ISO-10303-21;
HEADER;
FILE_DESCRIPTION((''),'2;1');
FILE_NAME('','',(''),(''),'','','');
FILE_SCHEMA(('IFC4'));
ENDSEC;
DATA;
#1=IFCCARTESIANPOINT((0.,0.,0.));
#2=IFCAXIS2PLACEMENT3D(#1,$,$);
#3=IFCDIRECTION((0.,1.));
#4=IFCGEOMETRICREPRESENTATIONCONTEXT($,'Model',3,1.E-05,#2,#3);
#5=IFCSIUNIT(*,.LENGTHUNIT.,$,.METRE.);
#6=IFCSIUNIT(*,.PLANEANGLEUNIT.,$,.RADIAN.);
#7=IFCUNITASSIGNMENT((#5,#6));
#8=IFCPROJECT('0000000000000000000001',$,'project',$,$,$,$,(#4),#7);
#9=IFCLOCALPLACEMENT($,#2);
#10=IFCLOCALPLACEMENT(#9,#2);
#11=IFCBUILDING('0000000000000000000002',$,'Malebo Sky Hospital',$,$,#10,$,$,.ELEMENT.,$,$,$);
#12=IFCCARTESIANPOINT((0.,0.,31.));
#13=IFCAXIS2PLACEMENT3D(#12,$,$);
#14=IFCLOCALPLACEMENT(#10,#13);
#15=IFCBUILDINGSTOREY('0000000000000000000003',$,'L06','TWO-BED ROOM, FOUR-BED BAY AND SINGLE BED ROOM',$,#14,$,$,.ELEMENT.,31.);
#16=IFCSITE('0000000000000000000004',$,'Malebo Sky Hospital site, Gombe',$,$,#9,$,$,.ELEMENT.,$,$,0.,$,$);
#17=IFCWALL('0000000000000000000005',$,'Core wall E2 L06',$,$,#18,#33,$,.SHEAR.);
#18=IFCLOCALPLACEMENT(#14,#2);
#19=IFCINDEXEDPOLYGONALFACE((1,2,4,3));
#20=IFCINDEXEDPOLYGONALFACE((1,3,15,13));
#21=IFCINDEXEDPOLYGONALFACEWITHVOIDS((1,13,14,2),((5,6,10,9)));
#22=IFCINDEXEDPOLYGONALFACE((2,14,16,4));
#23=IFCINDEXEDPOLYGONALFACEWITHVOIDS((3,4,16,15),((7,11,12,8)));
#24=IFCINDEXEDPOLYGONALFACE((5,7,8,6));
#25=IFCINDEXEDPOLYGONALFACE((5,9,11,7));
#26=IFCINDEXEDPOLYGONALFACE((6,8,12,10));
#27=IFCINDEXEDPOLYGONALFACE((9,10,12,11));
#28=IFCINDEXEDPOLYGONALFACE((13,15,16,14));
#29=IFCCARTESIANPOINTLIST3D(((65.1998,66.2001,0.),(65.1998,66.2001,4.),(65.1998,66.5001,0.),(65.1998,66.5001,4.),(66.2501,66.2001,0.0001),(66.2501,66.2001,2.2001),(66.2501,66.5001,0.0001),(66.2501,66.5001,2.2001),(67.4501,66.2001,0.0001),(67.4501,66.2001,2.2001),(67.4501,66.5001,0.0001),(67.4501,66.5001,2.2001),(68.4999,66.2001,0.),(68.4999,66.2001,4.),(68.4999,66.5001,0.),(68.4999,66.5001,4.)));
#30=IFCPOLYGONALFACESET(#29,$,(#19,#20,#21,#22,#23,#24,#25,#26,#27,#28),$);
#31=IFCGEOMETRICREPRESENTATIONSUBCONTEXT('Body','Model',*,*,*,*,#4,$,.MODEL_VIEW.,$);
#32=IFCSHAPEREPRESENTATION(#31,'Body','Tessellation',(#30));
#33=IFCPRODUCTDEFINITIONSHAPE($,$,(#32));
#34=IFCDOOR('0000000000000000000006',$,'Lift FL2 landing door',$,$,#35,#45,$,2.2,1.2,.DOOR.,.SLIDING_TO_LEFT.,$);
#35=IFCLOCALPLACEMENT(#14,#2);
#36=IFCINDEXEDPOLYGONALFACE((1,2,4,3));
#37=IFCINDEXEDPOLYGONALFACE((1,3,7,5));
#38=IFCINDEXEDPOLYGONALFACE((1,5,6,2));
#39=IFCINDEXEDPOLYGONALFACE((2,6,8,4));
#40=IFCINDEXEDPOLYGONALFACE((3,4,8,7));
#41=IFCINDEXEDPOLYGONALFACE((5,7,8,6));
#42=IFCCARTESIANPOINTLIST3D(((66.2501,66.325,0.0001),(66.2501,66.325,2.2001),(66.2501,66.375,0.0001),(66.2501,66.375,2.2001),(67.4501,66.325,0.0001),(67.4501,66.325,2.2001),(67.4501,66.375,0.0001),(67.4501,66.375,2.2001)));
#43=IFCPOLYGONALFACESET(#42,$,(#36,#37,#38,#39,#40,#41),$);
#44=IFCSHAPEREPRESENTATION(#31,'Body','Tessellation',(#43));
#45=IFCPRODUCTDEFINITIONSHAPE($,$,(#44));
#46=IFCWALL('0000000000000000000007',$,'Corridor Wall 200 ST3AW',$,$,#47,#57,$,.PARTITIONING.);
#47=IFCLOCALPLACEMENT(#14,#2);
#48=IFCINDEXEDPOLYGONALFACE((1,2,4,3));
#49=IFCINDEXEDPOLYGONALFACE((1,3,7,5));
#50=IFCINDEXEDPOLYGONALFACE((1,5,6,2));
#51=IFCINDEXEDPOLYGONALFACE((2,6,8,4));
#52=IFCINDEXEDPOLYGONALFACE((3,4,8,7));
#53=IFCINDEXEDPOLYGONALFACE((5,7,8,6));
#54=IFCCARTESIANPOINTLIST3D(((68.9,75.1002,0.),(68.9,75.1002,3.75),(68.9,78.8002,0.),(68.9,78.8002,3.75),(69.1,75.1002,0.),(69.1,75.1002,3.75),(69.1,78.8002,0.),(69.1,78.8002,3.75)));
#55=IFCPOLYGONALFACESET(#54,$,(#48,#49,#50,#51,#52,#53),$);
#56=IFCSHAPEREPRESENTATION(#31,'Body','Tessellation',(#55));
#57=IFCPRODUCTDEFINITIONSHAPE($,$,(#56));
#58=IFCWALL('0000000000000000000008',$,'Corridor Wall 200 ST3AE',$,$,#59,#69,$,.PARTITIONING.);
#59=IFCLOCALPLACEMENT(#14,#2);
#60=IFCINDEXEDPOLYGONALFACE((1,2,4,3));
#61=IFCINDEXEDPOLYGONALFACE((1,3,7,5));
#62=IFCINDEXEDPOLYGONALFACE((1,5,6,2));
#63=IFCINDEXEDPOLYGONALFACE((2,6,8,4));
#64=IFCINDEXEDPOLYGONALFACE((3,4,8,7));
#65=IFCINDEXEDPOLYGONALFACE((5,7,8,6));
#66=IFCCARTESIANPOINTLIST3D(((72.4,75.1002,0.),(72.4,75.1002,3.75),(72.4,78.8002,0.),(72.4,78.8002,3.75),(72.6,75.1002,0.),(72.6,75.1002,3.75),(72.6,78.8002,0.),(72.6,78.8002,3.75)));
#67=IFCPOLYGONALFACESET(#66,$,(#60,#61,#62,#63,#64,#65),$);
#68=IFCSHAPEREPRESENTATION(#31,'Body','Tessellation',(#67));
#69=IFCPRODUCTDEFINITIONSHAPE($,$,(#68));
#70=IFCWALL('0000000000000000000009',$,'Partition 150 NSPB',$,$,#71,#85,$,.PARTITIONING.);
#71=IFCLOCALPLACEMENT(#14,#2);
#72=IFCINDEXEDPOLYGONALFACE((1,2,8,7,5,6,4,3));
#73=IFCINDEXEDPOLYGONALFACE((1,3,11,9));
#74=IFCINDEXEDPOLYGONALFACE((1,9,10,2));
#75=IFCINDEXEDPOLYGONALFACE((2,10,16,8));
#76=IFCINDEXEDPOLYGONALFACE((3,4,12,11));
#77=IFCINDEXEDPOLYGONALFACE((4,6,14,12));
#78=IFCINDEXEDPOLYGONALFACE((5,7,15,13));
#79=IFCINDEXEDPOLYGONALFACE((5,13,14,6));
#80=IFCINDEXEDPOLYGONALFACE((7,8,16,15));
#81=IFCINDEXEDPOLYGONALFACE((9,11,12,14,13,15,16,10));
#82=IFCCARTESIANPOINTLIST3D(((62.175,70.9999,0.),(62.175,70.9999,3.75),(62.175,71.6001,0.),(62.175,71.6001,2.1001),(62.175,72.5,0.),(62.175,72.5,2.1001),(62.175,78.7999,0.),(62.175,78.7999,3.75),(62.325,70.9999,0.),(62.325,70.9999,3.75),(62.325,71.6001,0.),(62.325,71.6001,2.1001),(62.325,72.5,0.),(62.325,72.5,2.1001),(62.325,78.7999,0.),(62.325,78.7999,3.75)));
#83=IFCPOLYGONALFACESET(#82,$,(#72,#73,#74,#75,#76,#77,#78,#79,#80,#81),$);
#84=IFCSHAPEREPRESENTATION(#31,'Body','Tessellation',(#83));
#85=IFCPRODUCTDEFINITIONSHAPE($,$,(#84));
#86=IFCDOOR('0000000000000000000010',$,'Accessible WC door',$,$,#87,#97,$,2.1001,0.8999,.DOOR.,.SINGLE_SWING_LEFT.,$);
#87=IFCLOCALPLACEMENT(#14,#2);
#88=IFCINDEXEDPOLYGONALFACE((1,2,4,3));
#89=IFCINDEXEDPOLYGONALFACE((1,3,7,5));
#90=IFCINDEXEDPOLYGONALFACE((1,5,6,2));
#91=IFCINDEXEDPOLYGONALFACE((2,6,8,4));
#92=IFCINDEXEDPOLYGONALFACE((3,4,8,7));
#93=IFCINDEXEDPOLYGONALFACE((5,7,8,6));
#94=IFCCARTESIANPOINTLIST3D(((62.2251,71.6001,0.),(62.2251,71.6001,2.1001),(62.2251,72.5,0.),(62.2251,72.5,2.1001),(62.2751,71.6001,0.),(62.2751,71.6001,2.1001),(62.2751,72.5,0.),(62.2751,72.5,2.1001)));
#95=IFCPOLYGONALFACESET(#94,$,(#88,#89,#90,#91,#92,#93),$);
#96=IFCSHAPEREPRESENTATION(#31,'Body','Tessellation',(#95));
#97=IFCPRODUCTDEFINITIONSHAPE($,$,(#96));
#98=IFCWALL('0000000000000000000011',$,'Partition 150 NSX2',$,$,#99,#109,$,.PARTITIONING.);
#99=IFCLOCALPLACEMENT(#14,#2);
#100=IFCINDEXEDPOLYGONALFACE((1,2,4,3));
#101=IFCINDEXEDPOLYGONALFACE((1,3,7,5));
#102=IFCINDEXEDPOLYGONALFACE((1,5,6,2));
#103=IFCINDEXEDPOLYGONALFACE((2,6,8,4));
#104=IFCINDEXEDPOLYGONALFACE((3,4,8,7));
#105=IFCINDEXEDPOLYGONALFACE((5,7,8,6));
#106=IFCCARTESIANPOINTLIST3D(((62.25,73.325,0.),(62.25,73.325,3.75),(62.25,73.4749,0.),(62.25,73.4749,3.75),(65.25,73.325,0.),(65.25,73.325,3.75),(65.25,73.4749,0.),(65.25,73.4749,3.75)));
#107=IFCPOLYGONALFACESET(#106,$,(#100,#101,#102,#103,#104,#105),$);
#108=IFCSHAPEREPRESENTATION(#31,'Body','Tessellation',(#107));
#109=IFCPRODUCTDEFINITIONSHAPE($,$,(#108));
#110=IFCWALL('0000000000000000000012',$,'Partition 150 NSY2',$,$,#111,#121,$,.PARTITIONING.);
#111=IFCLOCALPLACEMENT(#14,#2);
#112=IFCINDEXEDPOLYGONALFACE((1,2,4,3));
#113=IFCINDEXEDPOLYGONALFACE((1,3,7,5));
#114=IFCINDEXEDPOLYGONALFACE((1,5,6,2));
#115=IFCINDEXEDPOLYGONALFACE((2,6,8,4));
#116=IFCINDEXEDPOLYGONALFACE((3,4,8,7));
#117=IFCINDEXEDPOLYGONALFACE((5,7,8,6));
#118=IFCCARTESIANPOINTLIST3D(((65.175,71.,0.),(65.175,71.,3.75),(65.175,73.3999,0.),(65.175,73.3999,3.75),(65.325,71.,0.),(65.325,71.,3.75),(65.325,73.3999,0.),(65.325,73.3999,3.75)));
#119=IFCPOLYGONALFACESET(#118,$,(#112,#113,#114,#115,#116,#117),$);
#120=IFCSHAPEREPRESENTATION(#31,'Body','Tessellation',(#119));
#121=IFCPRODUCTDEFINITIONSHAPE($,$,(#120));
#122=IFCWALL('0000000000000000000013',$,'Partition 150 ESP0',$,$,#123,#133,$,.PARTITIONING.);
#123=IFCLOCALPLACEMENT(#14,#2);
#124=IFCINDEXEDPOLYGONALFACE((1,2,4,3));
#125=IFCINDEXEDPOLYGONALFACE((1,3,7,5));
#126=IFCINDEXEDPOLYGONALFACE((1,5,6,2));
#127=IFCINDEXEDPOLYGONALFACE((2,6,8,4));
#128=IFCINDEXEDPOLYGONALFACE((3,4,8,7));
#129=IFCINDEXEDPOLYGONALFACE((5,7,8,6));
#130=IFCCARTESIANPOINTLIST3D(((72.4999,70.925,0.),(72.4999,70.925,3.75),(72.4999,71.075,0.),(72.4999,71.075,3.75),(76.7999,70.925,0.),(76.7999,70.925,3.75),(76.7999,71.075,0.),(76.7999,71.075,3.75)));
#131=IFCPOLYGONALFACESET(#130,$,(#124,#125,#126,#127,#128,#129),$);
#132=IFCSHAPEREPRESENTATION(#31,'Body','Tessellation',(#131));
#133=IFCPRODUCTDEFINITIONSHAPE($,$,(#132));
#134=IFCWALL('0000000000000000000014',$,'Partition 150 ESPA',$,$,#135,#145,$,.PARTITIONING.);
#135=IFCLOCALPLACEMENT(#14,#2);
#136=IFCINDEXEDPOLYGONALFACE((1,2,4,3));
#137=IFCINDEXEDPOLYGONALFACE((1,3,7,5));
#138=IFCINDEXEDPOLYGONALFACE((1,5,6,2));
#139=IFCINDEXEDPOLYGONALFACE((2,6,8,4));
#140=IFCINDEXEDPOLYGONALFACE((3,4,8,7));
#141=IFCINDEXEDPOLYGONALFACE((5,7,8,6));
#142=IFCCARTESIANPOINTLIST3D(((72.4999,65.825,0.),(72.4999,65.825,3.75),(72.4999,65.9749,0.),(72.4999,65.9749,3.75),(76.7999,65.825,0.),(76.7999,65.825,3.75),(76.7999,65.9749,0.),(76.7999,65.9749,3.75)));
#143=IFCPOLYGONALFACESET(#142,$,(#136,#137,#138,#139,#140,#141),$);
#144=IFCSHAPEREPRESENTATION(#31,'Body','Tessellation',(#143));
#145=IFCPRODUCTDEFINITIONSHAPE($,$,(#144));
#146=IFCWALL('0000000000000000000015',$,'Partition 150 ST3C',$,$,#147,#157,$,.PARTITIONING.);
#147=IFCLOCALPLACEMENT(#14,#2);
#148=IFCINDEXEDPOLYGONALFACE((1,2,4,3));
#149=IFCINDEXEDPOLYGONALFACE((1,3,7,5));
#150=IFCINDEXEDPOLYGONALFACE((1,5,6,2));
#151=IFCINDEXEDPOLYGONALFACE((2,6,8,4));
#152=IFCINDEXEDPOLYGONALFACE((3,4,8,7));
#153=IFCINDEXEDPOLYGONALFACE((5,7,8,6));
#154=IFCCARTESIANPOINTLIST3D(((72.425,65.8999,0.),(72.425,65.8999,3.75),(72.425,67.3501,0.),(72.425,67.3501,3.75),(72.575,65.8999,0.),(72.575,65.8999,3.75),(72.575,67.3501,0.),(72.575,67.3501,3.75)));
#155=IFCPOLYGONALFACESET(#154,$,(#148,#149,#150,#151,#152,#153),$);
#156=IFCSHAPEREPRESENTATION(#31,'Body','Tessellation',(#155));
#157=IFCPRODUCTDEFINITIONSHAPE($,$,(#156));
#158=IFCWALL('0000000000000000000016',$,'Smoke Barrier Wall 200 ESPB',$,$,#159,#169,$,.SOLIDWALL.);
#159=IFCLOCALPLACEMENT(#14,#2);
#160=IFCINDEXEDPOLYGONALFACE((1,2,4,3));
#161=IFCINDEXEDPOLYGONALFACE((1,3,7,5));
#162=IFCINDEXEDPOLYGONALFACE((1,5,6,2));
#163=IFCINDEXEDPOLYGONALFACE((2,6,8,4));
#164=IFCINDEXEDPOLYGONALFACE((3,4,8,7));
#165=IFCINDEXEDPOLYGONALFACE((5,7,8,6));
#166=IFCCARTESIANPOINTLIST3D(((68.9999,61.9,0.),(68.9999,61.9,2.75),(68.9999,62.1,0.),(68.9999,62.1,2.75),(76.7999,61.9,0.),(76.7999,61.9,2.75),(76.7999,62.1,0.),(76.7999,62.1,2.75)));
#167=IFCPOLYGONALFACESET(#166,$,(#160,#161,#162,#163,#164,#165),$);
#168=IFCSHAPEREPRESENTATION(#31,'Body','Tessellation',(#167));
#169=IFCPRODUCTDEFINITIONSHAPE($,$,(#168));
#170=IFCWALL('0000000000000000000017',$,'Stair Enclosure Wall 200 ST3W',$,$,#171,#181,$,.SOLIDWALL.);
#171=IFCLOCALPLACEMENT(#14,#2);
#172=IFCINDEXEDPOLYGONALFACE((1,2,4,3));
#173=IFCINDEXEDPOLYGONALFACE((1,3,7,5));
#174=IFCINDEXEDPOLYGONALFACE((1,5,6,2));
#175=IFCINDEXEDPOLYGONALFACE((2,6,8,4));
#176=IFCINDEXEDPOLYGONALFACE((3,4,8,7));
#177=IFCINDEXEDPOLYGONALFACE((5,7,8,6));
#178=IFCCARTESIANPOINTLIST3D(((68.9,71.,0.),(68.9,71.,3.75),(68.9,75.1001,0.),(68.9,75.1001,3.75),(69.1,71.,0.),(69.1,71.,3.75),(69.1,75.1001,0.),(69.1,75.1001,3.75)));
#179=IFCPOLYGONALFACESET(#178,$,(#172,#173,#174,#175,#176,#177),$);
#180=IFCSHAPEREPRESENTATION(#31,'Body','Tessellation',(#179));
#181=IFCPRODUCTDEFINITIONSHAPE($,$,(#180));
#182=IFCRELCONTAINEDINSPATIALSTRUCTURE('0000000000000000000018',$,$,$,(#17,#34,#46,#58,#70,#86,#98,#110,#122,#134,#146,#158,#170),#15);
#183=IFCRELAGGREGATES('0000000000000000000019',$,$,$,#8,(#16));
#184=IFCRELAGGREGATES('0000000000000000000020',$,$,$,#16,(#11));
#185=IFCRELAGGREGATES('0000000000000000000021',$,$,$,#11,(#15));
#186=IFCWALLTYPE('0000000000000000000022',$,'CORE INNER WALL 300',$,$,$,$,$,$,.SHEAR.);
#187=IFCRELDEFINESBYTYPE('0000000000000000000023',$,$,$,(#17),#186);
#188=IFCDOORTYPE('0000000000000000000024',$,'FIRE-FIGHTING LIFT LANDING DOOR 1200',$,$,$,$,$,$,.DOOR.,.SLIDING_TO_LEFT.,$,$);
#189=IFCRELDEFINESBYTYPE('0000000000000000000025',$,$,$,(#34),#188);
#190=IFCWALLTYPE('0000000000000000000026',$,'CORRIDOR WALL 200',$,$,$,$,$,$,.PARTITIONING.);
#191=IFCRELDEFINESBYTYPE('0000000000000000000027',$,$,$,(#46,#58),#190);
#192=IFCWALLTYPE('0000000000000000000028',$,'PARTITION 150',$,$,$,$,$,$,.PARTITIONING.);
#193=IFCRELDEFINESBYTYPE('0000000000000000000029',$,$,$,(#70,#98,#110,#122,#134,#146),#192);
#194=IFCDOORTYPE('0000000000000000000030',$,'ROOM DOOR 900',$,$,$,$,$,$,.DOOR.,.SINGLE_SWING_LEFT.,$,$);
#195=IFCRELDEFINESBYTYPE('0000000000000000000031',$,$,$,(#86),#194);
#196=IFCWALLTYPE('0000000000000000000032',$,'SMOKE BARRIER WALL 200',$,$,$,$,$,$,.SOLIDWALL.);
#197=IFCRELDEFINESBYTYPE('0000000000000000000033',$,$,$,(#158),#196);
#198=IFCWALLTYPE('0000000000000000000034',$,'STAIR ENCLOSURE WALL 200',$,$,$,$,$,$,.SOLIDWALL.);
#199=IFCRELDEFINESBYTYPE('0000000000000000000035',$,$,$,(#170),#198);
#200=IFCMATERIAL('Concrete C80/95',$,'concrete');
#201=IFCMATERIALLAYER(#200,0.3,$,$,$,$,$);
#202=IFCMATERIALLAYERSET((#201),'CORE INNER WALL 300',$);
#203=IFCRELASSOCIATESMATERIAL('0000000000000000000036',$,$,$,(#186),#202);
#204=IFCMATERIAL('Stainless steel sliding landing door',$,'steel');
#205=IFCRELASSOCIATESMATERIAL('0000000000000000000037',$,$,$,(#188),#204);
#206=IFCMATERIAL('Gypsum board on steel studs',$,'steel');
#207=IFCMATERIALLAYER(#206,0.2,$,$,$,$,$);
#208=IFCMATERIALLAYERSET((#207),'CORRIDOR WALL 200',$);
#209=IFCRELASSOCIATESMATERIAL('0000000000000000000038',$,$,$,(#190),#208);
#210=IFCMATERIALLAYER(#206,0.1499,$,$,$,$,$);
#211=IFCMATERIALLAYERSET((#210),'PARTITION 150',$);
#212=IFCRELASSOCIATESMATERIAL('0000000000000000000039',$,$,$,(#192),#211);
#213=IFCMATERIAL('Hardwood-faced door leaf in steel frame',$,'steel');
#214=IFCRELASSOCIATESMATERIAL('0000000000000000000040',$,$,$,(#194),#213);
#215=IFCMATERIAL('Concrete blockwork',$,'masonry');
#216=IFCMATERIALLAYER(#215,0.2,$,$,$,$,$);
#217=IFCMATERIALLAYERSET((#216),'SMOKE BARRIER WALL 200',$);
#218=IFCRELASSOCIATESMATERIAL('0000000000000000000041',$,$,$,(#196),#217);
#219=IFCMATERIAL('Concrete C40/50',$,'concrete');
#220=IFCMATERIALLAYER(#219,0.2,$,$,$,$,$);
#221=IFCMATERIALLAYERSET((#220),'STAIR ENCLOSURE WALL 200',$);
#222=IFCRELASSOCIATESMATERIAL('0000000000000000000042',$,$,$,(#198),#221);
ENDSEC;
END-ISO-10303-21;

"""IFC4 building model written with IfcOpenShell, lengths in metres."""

from ifc_helpers import new_model, si_unit, direction, frame, frame_2d, origin, place, context, subcontext, project, spatial, rectangle, extrude, material, layer, layer_set, type_object, element, fill, save


model = new_model("IFC4")

# Units and contexts
model_context = context("Model", 3, precision=1e-05, world=origin(), true_north=direction((0.0, 1.0)))
body_context = subcontext(model_context, "Body", "Model", "MODEL_VIEW")
ifc_project = project(units=[si_unit("LENGTHUNIT", "METRE"), si_unit("PLANEANGLEUNIT", "RADIAN")], contexts=[model_context])

# Site, building, storey
site_placement = place(None, origin())
site = spatial("IfcSite", under=ifc_project, at=site_placement, Name="Malebo Sky Hospital site, Gombe", CompositionType="ELEMENT", RefElevation=0.0)
building_placement = place(site_placement, origin())
building = spatial("IfcBuilding", under=site, at=building_placement, Name="Malebo Sky Hospital", CompositionType="ELEMENT")
storey_placement = place(building_placement, frame((0.0, 0.0, 31.0)))
storey = spatial("IfcBuildingStorey", under=building, at=storey_placement, Name="L06", Description="TWO-BED ROOM, FOUR-BED BAY AND SINGLE BED ROOM", CompositionType="ELEMENT", Elevation=31.0)

# Shared definitions
ifc_material_1 = material(Name="Concrete C80/95", Category="concrete")

# Wall, opening, door
ifc_layer_1 = layer(ifc_material_1, 0.3)
ifc_layer_set_1 = layer_set([ifc_layer_1], Name="CORE INNER WALL 300")
wall_type_1 = type_object("IfcWallType", Name="CORE INNER WALL 300", PredefinedType="SHEAR", material=ifc_layer_set_1)
wall_1_placement = place(storey_placement, frame((65.2, 66.3501, 0.0), z_axis=(0.0, 0.0, 1.0), x_axis=(1.0, 0.0, 0.0)))
wall_1 = element("IfcWall", 1, at=wall_1_placement, inside=storey, type_object=wall_type_1, Name="Core wall E2 L06", PredefinedType="SHEAR", context=body_context, shape_type="SweptSolid", body=[
    extrude(rectangle(XDim=3.3, YDim=0.3, at=frame_2d((1.6499, 0.0))), origin(), (0.0, 0.0, 1.0), 4.0),
])
opening_1_placement = place(wall_1_placement, frame((1.05, 0.0, 0.0)))
opening_1 = element("IfcOpeningElement", 2, at=opening_1_placement, cuts=wall_1, PredefinedType="OPENING", context=body_context, shape_type="SweptSolid", body=[
    extrude(rectangle(XDim=1.2, YDim=2.2, at=frame_2d((0.6001, 1.1001))), frame((0.0, 0.1599, 0.0), z_axis=(0.0, -1.0, 0.0), x_axis=(1.0, 0.0, 0.0)), (0.0, 0.0, 1.0), 0.3201),
])
ifc_material_2 = material(Name="Stainless steel sliding landing door", Category="steel")
door_type_1 = type_object("IfcDoorType", Name="FIRE-FIGHTING LIFT LANDING DOOR 1200", OperationType="SLIDING_TO_LEFT", PredefinedType="DOOR", material=ifc_material_2)
door_1_placement = place(opening_1_placement, origin())
door_1 = element("IfcDoor", 3, at=door_1_placement, inside=storey, type_object=door_type_1, Name="Lift FL2 landing door", OperationType="SLIDING_TO_LEFT", OverallHeight=2.2, OverallWidth=1.2, PredefinedType="DOOR", context=body_context, shape_type="SweptSolid", body=[
    extrude(rectangle(XDim=1.2, YDim=2.2, at=frame_2d((0.6001, 1.1001))), frame((0.0, 0.0249, 0.0), z_axis=(0.0, -1.0, 0.0), x_axis=(1.0, 0.0, 0.0)), (0.0, 0.0, 1.0), 0.05),
])
fill(opening_1, door_1)

# Walls
ifc_material_3 = material(Name="Gypsum board on steel studs", Category="steel")
ifc_layer_2 = layer(ifc_material_3, 0.2)
ifc_layer_set_2 = layer_set([ifc_layer_2], Name="CORRIDOR WALL 200")
wall_type_2 = type_object("IfcWallType", Name="CORRIDOR WALL 200", PredefinedType="PARTITIONING", material=ifc_layer_set_2)
for number, where, z_axis, x_axis, name in (
    (4, (69.0, 75.1001, 0.0), (0.0, 0.0, 1.0), (0.0, 1.0, 0.0), "Corridor Wall 200 ST3AW"),
    (5, (72.5, 75.1001, 0.0), (0.0, 0.0, 1.0), (0.0, 1.0, 0.0), "Corridor Wall 200 ST3AE"),
):
    element("IfcWall", number, at=place(storey_placement, frame(where, z_axis=z_axis, x_axis=x_axis)), inside=storey, type_object=wall_type_2, Name=name, PredefinedType="PARTITIONING", context=body_context, shape_type="SweptSolid", body=[
        extrude(rectangle(XDim=3.7, YDim=0.2, at=frame_2d((1.8501, 0.0))), origin(), (0.0, 0.0, 1.0), 3.75),
    ])

# Wall, opening, door
ifc_layer_3 = layer(ifc_material_3, 0.1499)
ifc_layer_set_3 = layer_set([ifc_layer_3], Name="PARTITION 150")
wall_type_3 = type_object("IfcWallType", Name="PARTITION 150", PredefinedType="PARTITIONING", material=ifc_layer_set_3)
wall_2_placement = place(storey_placement, frame((62.25, 71.0, 0.0), z_axis=(0.0, 0.0, 1.0), x_axis=(0.0, 1.0, 0.0)))
wall_2 = element("IfcWall", 6, at=wall_2_placement, inside=storey, type_object=wall_type_3, Name="Partition 150 NSPB", PredefinedType="PARTITIONING", context=body_context, shape_type="SweptSolid", body=[
    extrude(rectangle(XDim=7.8, YDim=0.1499, at=frame_2d((3.8999, 0.0))), origin(), (0.0, 0.0, 1.0), 3.75),
])
opening_2_placement = place(wall_2_placement, frame((0.6001, 0.0, 0.0)))
opening_2 = element("IfcOpeningElement", 7, at=opening_2_placement, cuts=wall_2, PredefinedType="OPENING", context=body_context, shape_type="SweptSolid", body=[
    extrude(rectangle(XDim=0.8999, YDim=2.1001, at=frame_2d((0.45, 1.05))), frame((0.0, 0.085, 0.0), z_axis=(0.0, -1.0, 0.0), x_axis=(1.0, 0.0, 0.0)), (0.0, 0.0, 1.0), 0.1699),
])
ifc_material_4 = material(Name="Hardwood-faced door leaf in steel frame", Category="steel")
door_type_2 = type_object("IfcDoorType", Name="ROOM DOOR 900", OperationType="SINGLE_SWING_LEFT", PredefinedType="DOOR", material=ifc_material_4)
door_2_placement = place(opening_2_placement, origin())
door_2 = element("IfcDoor", 8, at=door_2_placement, inside=storey, type_object=door_type_2, Name="Accessible WC door", OperationType="SINGLE_SWING_LEFT", OverallHeight=2.1001, OverallWidth=0.8999, PredefinedType="DOOR", context=body_context, shape_type="SweptSolid", body=[
    extrude(rectangle(XDim=0.8999, YDim=2.1001, at=frame_2d((0.45, 1.05))), frame((0.0, 0.0249, 0.0), z_axis=(0.0, -1.0, 0.0), x_axis=(1.0, 0.0, 0.0)), (0.0, 0.0, 1.0), 0.05),
])
fill(opening_2, door_2)

# Walls
wall_3_placement = place(storey_placement, frame((62.25, 73.3999, 0.0), z_axis=(0.0, 0.0, 1.0), x_axis=(1.0, 0.0, 0.0)))
element("IfcWall", 9, at=wall_3_placement, inside=storey, type_object=wall_type_3, Name="Partition 150 NSX2", PredefinedType="PARTITIONING", context=body_context, shape_type="SweptSolid", body=[
    extrude(rectangle(XDim=3.0, YDim=0.1499, at=frame_2d((1.5, 0.0))), origin(), (0.0, 0.0, 1.0), 3.75),
])
wall_4_placement = place(storey_placement, frame((65.25, 71.0, 0.0), z_axis=(0.0, 0.0, 1.0), x_axis=(0.0, 1.0, 0.0)))
element("IfcWall", 10, at=wall_4_placement, inside=storey, type_object=wall_type_3, Name="Partition 150 NSY2", PredefinedType="PARTITIONING", context=body_context, shape_type="SweptSolid", body=[
    extrude(rectangle(XDim=2.3999, YDim=0.1499, at=frame_2d((1.2, 0.0))), origin(), (0.0, 0.0, 1.0), 3.75),
])
for number, where, z_axis, x_axis, name in (
    (11, (72.5, 71.0, 0.0), (0.0, 0.0, 1.0), (1.0, 0.0, 0.0), "Partition 150 ESP0"),
    (12, (72.5, 65.8999, 0.0), (0.0, 0.0, 1.0), (1.0, 0.0, 0.0), "Partition 150 ESPA"),
):
    element("IfcWall", number, at=place(storey_placement, frame(where, z_axis=z_axis, x_axis=x_axis)), inside=storey, type_object=wall_type_3, Name=name, PredefinedType="PARTITIONING", context=body_context, shape_type="SweptSolid", body=[
        extrude(rectangle(XDim=4.3, YDim=0.1499, at=frame_2d((2.1499, 0.0))), origin(), (0.0, 0.0, 1.0), 3.75),
    ])
wall_5_placement = place(storey_placement, frame((72.5, 65.8999, 0.0), z_axis=(0.0, 0.0, 1.0), x_axis=(0.0, 1.0, 0.0)))
element("IfcWall", 13, at=wall_5_placement, inside=storey, type_object=wall_type_3, Name="Partition 150 ST3C", PredefinedType="PARTITIONING", context=body_context, shape_type="SweptSolid", body=[
    extrude(rectangle(XDim=1.4502, YDim=0.1499, at=frame_2d((0.7251, 0.0))), origin(), (0.0, 0.0, 1.0), 3.75),
])
ifc_material_5 = material(Name="Concrete blockwork", Category="masonry")
ifc_layer_4 = layer(ifc_material_5, 0.2)
ifc_layer_set_4 = layer_set([ifc_layer_4], Name="SMOKE BARRIER WALL 200")
wall_type_4 = type_object("IfcWallType", Name="SMOKE BARRIER WALL 200", PredefinedType="SOLIDWALL", material=ifc_layer_set_4)
wall_6_placement = place(storey_placement, frame((69.0, 62.0, 0.0), z_axis=(0.0, 0.0, 1.0), x_axis=(1.0, 0.0, 0.0)))
element("IfcWall", 14, at=wall_6_placement, inside=storey, type_object=wall_type_4, Name="Smoke Barrier Wall 200 ESPB", PredefinedType="SOLIDWALL", context=body_context, shape_type="SweptSolid", body=[
    extrude(rectangle(XDim=7.8, YDim=0.2, at=frame_2d((3.8999, 0.0))), origin(), (0.0, 0.0, 1.0), 2.75),
])
ifc_material_6 = material(Name="Concrete C40/50", Category="concrete")
ifc_layer_5 = layer(ifc_material_6, 0.2)
ifc_layer_set_5 = layer_set([ifc_layer_5], Name="STAIR ENCLOSURE WALL 200")
wall_type_5 = type_object("IfcWallType", Name="STAIR ENCLOSURE WALL 200", PredefinedType="SOLIDWALL", material=ifc_layer_set_5)
wall_7_placement = place(storey_placement, frame((69.0, 71.0, 0.0), z_axis=(0.0, 0.0, 1.0), x_axis=(0.0, 1.0, 0.0)))
element("IfcWall", 15, at=wall_7_placement, inside=storey, type_object=wall_type_5, Name="Stair Enclosure Wall 200 ST3W", PredefinedType="SOLIDWALL", context=body_context, shape_type="SweptSolid", body=[
    extrude(rectangle(XDim=4.1001, YDim=0.2, at=frame_2d((2.05, 0.0))), origin(), (0.0, 0.0, 1.0), 3.75),
])

save(model, "model.ifc")
